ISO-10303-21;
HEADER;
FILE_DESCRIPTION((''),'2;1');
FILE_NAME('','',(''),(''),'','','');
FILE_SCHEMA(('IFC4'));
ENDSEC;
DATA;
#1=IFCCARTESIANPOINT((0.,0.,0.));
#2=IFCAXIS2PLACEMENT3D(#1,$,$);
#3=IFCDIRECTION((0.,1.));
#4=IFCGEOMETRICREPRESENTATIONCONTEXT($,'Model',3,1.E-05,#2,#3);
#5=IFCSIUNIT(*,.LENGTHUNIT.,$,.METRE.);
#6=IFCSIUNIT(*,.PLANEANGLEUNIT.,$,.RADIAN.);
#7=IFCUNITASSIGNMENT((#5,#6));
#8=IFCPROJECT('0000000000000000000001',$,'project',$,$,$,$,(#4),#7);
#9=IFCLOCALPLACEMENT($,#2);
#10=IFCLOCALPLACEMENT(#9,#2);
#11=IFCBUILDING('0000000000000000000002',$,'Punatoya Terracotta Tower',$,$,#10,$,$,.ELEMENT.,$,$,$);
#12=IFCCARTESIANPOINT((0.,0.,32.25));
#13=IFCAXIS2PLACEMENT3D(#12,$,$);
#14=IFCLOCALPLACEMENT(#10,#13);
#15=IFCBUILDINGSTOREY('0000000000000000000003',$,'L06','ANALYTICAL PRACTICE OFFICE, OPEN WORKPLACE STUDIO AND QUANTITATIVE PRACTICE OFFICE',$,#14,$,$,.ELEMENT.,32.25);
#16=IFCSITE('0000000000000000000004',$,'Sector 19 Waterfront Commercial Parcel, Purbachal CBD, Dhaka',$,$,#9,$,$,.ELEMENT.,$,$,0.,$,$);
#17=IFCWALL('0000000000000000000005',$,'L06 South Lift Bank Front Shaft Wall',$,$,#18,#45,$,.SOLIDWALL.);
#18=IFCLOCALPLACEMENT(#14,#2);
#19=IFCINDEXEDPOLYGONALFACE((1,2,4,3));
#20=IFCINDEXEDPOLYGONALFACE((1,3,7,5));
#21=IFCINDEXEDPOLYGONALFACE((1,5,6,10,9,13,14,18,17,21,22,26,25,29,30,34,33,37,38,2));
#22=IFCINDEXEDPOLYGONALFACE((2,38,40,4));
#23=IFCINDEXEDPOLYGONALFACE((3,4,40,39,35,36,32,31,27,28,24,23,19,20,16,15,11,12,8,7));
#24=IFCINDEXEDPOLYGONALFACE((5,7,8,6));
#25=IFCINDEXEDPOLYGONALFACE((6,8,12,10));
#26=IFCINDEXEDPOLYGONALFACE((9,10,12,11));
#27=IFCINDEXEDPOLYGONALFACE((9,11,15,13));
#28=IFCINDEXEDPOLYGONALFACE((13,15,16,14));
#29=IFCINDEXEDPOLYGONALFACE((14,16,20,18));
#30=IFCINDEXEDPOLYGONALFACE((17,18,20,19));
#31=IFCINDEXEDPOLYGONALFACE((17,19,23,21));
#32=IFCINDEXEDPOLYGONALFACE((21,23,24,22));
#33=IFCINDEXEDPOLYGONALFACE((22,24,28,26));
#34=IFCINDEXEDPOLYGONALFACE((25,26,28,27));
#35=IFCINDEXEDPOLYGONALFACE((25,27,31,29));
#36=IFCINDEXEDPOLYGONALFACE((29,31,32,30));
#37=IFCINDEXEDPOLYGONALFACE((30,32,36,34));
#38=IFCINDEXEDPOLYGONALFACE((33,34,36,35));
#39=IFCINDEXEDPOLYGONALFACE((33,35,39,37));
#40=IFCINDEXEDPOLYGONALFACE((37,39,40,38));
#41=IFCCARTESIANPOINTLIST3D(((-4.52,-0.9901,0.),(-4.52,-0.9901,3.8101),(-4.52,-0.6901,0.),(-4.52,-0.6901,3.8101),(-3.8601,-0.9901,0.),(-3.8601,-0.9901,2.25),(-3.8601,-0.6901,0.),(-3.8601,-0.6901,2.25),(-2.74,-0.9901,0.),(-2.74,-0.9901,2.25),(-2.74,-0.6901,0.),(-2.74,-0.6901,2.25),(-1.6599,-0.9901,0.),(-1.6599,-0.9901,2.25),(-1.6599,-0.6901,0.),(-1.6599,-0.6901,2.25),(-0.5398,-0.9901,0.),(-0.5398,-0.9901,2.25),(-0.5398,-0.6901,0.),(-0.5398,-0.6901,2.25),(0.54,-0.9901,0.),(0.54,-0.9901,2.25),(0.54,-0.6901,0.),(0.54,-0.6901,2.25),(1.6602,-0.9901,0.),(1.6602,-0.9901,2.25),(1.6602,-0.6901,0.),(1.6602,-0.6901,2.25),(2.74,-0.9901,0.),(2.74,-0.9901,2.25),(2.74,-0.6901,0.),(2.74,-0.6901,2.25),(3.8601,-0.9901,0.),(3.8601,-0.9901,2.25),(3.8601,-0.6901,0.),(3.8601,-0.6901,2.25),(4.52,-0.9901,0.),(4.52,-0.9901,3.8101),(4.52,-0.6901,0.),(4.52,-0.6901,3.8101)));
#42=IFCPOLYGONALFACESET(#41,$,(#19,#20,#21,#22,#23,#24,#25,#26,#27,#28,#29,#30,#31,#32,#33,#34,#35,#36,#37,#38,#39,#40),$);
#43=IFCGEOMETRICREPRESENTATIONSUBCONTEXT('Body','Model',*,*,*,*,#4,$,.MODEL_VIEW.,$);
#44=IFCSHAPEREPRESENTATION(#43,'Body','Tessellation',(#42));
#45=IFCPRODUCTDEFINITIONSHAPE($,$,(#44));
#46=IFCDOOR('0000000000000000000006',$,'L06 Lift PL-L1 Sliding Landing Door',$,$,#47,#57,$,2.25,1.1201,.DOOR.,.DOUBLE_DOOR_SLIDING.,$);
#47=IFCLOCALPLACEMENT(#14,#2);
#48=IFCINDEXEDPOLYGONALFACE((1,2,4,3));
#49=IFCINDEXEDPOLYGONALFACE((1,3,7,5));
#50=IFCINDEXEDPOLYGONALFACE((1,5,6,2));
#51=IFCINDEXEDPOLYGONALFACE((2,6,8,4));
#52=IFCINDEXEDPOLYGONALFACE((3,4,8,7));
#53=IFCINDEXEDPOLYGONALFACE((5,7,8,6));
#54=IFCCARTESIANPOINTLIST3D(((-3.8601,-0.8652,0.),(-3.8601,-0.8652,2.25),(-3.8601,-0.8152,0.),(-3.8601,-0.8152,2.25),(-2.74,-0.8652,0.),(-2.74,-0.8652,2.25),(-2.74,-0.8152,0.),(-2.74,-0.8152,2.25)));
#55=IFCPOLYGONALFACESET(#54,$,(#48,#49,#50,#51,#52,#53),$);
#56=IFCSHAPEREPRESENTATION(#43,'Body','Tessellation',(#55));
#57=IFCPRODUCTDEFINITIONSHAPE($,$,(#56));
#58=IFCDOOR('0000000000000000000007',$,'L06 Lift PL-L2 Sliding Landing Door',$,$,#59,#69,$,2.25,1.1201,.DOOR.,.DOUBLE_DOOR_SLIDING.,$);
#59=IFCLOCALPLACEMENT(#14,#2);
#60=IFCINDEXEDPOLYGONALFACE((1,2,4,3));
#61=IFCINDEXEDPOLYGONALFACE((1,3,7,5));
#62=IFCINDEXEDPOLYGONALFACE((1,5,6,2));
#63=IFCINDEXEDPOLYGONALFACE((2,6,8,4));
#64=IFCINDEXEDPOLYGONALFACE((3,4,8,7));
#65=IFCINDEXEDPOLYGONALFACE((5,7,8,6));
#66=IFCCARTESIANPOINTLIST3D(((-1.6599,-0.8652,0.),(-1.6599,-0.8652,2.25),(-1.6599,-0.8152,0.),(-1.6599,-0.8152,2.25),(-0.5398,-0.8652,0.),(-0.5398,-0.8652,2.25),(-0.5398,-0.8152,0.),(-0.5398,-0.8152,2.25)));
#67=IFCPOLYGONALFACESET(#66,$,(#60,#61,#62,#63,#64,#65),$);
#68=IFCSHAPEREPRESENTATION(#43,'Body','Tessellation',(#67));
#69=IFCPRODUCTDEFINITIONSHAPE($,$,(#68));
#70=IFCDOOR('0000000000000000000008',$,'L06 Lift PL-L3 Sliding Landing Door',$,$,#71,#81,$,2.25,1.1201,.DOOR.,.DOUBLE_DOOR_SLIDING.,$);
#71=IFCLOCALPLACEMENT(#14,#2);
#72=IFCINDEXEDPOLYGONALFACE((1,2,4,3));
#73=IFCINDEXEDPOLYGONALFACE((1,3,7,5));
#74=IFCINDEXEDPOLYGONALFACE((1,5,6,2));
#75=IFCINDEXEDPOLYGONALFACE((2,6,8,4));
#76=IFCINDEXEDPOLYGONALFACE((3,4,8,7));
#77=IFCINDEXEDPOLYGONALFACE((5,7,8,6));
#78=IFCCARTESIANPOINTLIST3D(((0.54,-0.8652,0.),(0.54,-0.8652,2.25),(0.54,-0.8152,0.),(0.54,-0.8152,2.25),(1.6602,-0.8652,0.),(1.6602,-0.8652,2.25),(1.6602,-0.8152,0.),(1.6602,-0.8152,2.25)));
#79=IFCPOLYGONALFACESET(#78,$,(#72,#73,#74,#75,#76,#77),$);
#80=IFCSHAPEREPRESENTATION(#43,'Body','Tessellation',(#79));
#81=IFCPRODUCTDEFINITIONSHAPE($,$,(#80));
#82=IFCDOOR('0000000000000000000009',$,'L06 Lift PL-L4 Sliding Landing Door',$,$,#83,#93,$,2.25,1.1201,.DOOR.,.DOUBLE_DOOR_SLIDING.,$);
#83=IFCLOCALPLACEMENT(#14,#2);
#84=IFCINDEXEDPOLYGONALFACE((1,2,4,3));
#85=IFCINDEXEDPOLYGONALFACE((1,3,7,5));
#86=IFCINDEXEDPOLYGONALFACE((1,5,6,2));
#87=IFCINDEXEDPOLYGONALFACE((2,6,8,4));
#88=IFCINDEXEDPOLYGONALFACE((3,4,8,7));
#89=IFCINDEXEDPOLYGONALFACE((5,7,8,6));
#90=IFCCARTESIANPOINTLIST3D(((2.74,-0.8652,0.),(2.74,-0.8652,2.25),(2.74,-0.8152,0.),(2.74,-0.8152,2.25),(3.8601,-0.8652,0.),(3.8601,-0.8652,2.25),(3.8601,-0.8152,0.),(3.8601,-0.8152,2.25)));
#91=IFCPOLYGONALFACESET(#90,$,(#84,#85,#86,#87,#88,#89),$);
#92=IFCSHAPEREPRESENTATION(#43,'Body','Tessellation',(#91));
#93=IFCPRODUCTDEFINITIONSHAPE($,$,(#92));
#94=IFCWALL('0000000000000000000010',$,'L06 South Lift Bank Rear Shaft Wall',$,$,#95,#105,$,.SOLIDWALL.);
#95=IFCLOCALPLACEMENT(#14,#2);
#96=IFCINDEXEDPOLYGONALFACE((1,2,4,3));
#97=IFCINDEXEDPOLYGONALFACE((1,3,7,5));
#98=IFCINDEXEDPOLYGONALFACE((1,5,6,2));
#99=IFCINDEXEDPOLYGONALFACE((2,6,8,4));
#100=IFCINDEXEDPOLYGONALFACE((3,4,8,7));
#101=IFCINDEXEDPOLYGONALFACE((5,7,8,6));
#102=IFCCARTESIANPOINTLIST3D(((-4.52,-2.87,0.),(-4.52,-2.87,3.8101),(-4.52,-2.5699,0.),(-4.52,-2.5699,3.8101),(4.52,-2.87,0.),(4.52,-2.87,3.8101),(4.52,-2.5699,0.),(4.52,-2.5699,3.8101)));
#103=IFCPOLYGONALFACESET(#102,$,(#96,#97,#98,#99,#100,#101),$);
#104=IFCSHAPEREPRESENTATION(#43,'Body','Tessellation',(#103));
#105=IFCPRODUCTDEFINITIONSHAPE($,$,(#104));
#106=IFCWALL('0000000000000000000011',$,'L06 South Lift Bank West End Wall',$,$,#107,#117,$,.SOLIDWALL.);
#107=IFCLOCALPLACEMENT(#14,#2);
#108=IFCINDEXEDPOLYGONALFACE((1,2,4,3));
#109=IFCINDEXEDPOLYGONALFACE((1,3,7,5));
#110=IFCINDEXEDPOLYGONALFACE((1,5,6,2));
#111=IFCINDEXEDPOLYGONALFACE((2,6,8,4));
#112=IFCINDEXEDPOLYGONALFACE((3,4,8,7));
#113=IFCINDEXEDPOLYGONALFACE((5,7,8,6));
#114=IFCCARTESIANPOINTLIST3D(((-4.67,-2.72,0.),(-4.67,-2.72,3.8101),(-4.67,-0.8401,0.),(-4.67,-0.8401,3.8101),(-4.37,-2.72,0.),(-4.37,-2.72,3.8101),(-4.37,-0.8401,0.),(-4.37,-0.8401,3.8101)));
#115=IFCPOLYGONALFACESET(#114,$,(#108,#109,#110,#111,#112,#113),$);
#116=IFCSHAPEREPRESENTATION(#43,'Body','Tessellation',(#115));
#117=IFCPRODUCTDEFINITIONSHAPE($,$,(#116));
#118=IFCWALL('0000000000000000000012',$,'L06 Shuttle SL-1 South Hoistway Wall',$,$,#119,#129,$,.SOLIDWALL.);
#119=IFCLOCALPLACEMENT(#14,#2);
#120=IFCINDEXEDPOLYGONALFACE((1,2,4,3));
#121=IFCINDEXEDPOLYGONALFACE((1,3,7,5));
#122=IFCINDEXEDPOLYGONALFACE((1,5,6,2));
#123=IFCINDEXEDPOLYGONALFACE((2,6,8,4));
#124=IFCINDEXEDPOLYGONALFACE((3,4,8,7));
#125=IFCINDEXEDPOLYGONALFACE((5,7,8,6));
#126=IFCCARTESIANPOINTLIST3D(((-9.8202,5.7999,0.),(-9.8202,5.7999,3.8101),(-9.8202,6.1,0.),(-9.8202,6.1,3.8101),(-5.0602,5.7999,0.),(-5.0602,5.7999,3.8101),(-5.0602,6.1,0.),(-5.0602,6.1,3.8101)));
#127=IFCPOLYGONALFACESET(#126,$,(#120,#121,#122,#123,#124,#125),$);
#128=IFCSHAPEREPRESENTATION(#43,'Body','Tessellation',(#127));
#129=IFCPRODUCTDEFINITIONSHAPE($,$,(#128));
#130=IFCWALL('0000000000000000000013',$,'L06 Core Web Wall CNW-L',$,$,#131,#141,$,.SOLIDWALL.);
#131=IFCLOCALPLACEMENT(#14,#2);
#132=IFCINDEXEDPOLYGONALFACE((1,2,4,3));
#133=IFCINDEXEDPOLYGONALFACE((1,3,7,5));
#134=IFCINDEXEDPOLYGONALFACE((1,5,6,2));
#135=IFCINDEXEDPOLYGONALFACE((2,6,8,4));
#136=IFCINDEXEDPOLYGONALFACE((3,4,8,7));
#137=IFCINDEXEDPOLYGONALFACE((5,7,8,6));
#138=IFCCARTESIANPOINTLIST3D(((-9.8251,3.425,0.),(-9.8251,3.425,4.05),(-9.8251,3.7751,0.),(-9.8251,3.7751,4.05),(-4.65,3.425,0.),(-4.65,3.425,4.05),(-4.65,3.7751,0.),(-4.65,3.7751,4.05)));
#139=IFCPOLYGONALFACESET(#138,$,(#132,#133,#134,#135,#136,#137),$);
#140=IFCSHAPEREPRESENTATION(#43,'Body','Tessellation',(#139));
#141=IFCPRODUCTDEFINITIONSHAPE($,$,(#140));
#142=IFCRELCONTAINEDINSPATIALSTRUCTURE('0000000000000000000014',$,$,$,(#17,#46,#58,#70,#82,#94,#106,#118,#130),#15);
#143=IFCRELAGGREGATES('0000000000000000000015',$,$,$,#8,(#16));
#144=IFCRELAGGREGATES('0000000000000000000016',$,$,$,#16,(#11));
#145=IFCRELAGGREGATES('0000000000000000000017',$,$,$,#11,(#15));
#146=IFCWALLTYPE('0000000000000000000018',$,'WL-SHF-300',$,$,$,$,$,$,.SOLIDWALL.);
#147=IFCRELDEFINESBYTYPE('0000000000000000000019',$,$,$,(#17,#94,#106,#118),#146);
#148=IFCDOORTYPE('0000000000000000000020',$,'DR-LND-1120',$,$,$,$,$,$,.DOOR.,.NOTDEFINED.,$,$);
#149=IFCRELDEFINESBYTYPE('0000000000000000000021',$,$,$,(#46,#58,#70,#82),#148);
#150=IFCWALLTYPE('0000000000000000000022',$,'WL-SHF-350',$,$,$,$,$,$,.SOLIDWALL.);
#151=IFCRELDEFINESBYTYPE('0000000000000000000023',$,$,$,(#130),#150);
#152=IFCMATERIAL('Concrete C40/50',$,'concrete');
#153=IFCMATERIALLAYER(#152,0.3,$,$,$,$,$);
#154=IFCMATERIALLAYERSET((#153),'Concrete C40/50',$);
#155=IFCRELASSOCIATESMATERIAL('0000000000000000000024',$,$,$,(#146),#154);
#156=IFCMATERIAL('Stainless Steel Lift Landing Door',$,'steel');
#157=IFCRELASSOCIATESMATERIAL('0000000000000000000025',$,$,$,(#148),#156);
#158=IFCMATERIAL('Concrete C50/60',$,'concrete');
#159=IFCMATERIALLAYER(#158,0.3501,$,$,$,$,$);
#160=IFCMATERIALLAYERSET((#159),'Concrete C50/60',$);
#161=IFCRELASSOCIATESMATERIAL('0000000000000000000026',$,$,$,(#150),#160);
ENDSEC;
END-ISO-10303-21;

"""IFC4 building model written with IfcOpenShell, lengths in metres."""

from ifc_helpers import new_model, si_unit, direction, frame, frame_2d, origin, place, context, subcontext, project, spatial, rectangle, extrude, material, layer, layer_set, type_object, element, fill, save


model = new_model("IFC4")

# Units and contexts
model_context = context("Model", 3, precision=1e-05, world=origin(), true_north=direction((0.0, 1.0)))
body_context = subcontext(model_context, "Body", "Model", "MODEL_VIEW")
ifc_project = project(units=[si_unit("LENGTHUNIT", "METRE"), si_unit("PLANEANGLEUNIT", "RADIAN")], contexts=[model_context])

# Site, building, storey
site_placement = place(None, origin())
site = spatial("IfcSite", under=ifc_project, at=site_placement, Name="Sector 19 Waterfront Commercial Parcel, Purbachal CBD, Dhaka", CompositionType="ELEMENT", RefElevation=0.0)
building_placement = place(site_placement, origin())
building = spatial("IfcBuilding", under=site, at=building_placement, Name="Punatoya Terracotta Tower", CompositionType="ELEMENT")
storey_placement = place(building_placement, frame((0.0, 0.0, 32.25)))
storey = spatial("IfcBuildingStorey", under=building, at=storey_placement, Name="L06", Description="ANALYTICAL PRACTICE OFFICE, OPEN WORKPLACE STUDIO AND QUANTITATIVE PRACTICE OFFICE", CompositionType="ELEMENT", Elevation=32.25)

# Shared definitions
ifc_material_1 = material(Name="Concrete C40/50", Category="concrete")
ifc_layer_1 = layer(ifc_material_1, 0.3)
ifc_layer_set_1 = layer_set([ifc_layer_1], Name="Concrete C40/50")
wall_type_1 = type_object("IfcWallType", Name="WL-SHF-300", PredefinedType="SOLIDWALL", material=ifc_layer_set_1)

# Wall, openings, doors
wall_1_placement = place(storey_placement, frame((-4.52, -0.8401, 0.0), z_axis=(0.0, 0.0, 1.0), x_axis=(1.0, 0.0, 0.0)))
wall_1 = element("IfcWall", 1, at=wall_1_placement, inside=storey, type_object=wall_type_1, Name="L06 South Lift Bank Front Shaft Wall", PredefinedType="SOLIDWALL", context=body_context, shape_type="SweptSolid", body=[
    extrude(rectangle(XDim=9.04, YDim=0.3, at=frame_2d((4.52, 0.0))), origin(), (0.0, 0.0, 1.0), 3.8101),
])
opening_1_placement = place(wall_1_placement, frame((0.6599, 0.0, 0.0)))
opening_1 = element("IfcOpeningElement", 2, at=opening_1_placement, cuts=wall_1, PredefinedType="OPENING", context=body_context, shape_type="SweptSolid", body=[
    extrude(rectangle(XDim=1.1201, YDim=2.25, at=frame_2d((0.5601, 1.125))), frame((0.0, 0.1599, 0.0), z_axis=(0.0, -1.0, 0.0), x_axis=(1.0, 0.0, 0.0)), (0.0, 0.0, 1.0), 0.3201),
])
opening_2_placement = place(wall_1_placement, frame((2.8601, 0.0, 0.0)))
opening_2 = element("IfcOpeningElement", 3, at=opening_2_placement, cuts=wall_1, PredefinedType="OPENING", context=body_context, shape_type="SweptSolid", body=[
    extrude(rectangle(XDim=1.1201, YDim=2.25, at=frame_2d((0.5601, 1.125))), frame((0.0, 0.1599, 0.0), z_axis=(0.0, -1.0, 0.0), x_axis=(1.0, 0.0, 0.0)), (0.0, 0.0, 1.0), 0.3201),
])
opening_3_placement = place(wall_1_placement, frame((5.0601, 0.0, 0.0)))
opening_3 = element("IfcOpeningElement", 4, at=opening_3_placement, cuts=wall_1, PredefinedType="OPENING", context=body_context, shape_type="SweptSolid", body=[
    extrude(rectangle(XDim=1.1201, YDim=2.25, at=frame_2d((0.5601, 1.125))), frame((0.0, 0.1599, 0.0), z_axis=(0.0, -1.0, 0.0), x_axis=(1.0, 0.0, 0.0)), (0.0, 0.0, 1.0), 0.3201),
])
opening_4_placement = place(wall_1_placement, frame((7.26, 0.0, 0.0)))
opening_4 = element("IfcOpeningElement", 5, at=opening_4_placement, cuts=wall_1, PredefinedType="OPENING", context=body_context, shape_type="SweptSolid", body=[
    extrude(rectangle(XDim=1.1201, YDim=2.25, at=frame_2d((0.5601, 1.125))), frame((0.0, 0.1599, 0.0), z_axis=(0.0, -1.0, 0.0), x_axis=(1.0, 0.0, 0.0)), (0.0, 0.0, 1.0), 0.3201),
])
ifc_material_2 = material(Name="Stainless Steel Lift Landing Door", Category="steel")
door_type_1 = type_object("IfcDoorType", Name="DR-LND-1120", OperationType="NOTDEFINED", PredefinedType="DOOR", material=ifc_material_2)
door_1_placement = place(opening_1_placement, origin())
door_1 = element("IfcDoor", 6, at=door_1_placement, inside=storey, type_object=door_type_1, Name="L06 Lift PL-L1 Sliding Landing Door", OperationType="DOUBLE_DOOR_SLIDING", OverallHeight=2.25, OverallWidth=1.1201, PredefinedType="DOOR", context=body_context, shape_type="SweptSolid", body=[
    extrude(rectangle(XDim=1.1201, YDim=2.25, at=frame_2d((0.5601, 1.125))), frame((0.0, 0.0249, 0.0), z_axis=(0.0, -1.0, 0.0), x_axis=(1.0, 0.0, 0.0)), (0.0, 0.0, 1.0), 0.05),
])
fill(opening_1, door_1)
door_2_placement = place(opening_2_placement, origin())
door_2 = element("IfcDoor", 7, at=door_2_placement, inside=storey, type_object=door_type_1, Name="L06 Lift PL-L2 Sliding Landing Door", OperationType="DOUBLE_DOOR_SLIDING", OverallHeight=2.25, OverallWidth=1.1201, PredefinedType="DOOR", context=body_context, shape_type="SweptSolid", body=[
    extrude(rectangle(XDim=1.1201, YDim=2.25, at=frame_2d((0.5601, 1.125))), frame((0.0, 0.0249, 0.0), z_axis=(0.0, -1.0, 0.0), x_axis=(1.0, 0.0, 0.0)), (0.0, 0.0, 1.0), 0.05),
])
fill(opening_2, door_2)
door_3_placement = place(opening_3_placement, origin())
door_3 = element("IfcDoor", 8, at=door_3_placement, inside=storey, type_object=door_type_1, Name="L06 Lift PL-L3 Sliding Landing Door", OperationType="DOUBLE_DOOR_SLIDING", OverallHeight=2.25, OverallWidth=1.1201, PredefinedType="DOOR", context=body_context, shape_type="SweptSolid", body=[
    extrude(rectangle(XDim=1.1201, YDim=2.25, at=frame_2d((0.5601, 1.125))), frame((0.0, 0.0249, 0.0), z_axis=(0.0, -1.0, 0.0), x_axis=(1.0, 0.0, 0.0)), (0.0, 0.0, 1.0), 0.05),
])
fill(opening_3, door_3)
door_4_placement = place(opening_4_placement, origin())
door_4 = element("IfcDoor", 9, at=door_4_placement, inside=storey, type_object=door_type_1, Name="L06 Lift PL-L4 Sliding Landing Door", OperationType="DOUBLE_DOOR_SLIDING", OverallHeight=2.25, OverallWidth=1.1201, PredefinedType="DOOR", context=body_context, shape_type="SweptSolid", body=[
    extrude(rectangle(XDim=1.1201, YDim=2.25, at=frame_2d((0.5601, 1.125))), frame((0.0, 0.0249, 0.0), z_axis=(0.0, -1.0, 0.0), x_axis=(1.0, 0.0, 0.0)), (0.0, 0.0, 1.0), 0.05),
])
fill(opening_4, door_4)

# Walls
wall_2_placement = place(storey_placement, frame((-4.52, -2.72, 0.0), z_axis=(0.0, 0.0, 1.0), x_axis=(1.0, 0.0, 0.0)))
element("IfcWall", 10, at=wall_2_placement, inside=storey, type_object=wall_type_1, Name="L06 South Lift Bank Rear Shaft Wall", PredefinedType="SOLIDWALL", context=body_context, shape_type="SweptSolid", body=[
    extrude(rectangle(XDim=9.04, YDim=0.3, at=frame_2d((4.52, 0.0))), origin(), (0.0, 0.0, 1.0), 3.8101),
])
wall_3_placement = place(storey_placement, frame((-4.52, -2.72, 0.0), z_axis=(0.0, 0.0, 1.0), x_axis=(0.0, 1.0, 0.0)))
element("IfcWall", 11, at=wall_3_placement, inside=storey, type_object=wall_type_1, Name="L06 South Lift Bank West End Wall", PredefinedType="SOLIDWALL", context=body_context, shape_type="SweptSolid", body=[
    extrude(rectangle(XDim=1.8799, YDim=0.3, at=frame_2d((0.9399, 0.0))), origin(), (0.0, 0.0, 1.0), 3.8101),
])
wall_4_placement = place(storey_placement, frame((-9.8201, 5.95, 0.0), z_axis=(0.0, 0.0, 1.0), x_axis=(1.0, 0.0, 0.0)))
element("IfcWall", 12, at=wall_4_placement, inside=storey, type_object=wall_type_1, Name="L06 Shuttle SL-1 South Hoistway Wall", PredefinedType="SOLIDWALL", context=body_context, shape_type="SweptSolid", body=[
    extrude(rectangle(XDim=4.76, YDim=0.3, at=frame_2d((2.3799, 0.0))), origin(), (0.0, 0.0, 1.0), 3.8101),
])
ifc_material_3 = material(Name="Concrete C50/60", Category="concrete")
ifc_layer_2 = layer(ifc_material_3, 0.3501)
ifc_layer_set_2 = layer_set([ifc_layer_2], Name="Concrete C50/60")
wall_type_2 = type_object("IfcWallType", Name="WL-SHF-350", PredefinedType="SOLIDWALL", material=ifc_layer_set_2)
wall_5_placement = place(storey_placement, frame((-9.825, 3.6001, 0.0), z_axis=(0.0, 0.0, 1.0), x_axis=(1.0, 0.0, 0.0)))
element("IfcWall", 13, at=wall_5_placement, inside=storey, type_object=wall_type_2, Name="L06 Core Web Wall CNW-L", PredefinedType="SOLIDWALL", context=body_context, shape_type="SweptSolid", body=[
    extrude(rectangle(XDim=5.175, YDim=0.3501, at=frame_2d((2.5874, 0.0))), origin(), (0.0, 0.0, 1.0), 4.05),
])

save(model, "model.ifc")
